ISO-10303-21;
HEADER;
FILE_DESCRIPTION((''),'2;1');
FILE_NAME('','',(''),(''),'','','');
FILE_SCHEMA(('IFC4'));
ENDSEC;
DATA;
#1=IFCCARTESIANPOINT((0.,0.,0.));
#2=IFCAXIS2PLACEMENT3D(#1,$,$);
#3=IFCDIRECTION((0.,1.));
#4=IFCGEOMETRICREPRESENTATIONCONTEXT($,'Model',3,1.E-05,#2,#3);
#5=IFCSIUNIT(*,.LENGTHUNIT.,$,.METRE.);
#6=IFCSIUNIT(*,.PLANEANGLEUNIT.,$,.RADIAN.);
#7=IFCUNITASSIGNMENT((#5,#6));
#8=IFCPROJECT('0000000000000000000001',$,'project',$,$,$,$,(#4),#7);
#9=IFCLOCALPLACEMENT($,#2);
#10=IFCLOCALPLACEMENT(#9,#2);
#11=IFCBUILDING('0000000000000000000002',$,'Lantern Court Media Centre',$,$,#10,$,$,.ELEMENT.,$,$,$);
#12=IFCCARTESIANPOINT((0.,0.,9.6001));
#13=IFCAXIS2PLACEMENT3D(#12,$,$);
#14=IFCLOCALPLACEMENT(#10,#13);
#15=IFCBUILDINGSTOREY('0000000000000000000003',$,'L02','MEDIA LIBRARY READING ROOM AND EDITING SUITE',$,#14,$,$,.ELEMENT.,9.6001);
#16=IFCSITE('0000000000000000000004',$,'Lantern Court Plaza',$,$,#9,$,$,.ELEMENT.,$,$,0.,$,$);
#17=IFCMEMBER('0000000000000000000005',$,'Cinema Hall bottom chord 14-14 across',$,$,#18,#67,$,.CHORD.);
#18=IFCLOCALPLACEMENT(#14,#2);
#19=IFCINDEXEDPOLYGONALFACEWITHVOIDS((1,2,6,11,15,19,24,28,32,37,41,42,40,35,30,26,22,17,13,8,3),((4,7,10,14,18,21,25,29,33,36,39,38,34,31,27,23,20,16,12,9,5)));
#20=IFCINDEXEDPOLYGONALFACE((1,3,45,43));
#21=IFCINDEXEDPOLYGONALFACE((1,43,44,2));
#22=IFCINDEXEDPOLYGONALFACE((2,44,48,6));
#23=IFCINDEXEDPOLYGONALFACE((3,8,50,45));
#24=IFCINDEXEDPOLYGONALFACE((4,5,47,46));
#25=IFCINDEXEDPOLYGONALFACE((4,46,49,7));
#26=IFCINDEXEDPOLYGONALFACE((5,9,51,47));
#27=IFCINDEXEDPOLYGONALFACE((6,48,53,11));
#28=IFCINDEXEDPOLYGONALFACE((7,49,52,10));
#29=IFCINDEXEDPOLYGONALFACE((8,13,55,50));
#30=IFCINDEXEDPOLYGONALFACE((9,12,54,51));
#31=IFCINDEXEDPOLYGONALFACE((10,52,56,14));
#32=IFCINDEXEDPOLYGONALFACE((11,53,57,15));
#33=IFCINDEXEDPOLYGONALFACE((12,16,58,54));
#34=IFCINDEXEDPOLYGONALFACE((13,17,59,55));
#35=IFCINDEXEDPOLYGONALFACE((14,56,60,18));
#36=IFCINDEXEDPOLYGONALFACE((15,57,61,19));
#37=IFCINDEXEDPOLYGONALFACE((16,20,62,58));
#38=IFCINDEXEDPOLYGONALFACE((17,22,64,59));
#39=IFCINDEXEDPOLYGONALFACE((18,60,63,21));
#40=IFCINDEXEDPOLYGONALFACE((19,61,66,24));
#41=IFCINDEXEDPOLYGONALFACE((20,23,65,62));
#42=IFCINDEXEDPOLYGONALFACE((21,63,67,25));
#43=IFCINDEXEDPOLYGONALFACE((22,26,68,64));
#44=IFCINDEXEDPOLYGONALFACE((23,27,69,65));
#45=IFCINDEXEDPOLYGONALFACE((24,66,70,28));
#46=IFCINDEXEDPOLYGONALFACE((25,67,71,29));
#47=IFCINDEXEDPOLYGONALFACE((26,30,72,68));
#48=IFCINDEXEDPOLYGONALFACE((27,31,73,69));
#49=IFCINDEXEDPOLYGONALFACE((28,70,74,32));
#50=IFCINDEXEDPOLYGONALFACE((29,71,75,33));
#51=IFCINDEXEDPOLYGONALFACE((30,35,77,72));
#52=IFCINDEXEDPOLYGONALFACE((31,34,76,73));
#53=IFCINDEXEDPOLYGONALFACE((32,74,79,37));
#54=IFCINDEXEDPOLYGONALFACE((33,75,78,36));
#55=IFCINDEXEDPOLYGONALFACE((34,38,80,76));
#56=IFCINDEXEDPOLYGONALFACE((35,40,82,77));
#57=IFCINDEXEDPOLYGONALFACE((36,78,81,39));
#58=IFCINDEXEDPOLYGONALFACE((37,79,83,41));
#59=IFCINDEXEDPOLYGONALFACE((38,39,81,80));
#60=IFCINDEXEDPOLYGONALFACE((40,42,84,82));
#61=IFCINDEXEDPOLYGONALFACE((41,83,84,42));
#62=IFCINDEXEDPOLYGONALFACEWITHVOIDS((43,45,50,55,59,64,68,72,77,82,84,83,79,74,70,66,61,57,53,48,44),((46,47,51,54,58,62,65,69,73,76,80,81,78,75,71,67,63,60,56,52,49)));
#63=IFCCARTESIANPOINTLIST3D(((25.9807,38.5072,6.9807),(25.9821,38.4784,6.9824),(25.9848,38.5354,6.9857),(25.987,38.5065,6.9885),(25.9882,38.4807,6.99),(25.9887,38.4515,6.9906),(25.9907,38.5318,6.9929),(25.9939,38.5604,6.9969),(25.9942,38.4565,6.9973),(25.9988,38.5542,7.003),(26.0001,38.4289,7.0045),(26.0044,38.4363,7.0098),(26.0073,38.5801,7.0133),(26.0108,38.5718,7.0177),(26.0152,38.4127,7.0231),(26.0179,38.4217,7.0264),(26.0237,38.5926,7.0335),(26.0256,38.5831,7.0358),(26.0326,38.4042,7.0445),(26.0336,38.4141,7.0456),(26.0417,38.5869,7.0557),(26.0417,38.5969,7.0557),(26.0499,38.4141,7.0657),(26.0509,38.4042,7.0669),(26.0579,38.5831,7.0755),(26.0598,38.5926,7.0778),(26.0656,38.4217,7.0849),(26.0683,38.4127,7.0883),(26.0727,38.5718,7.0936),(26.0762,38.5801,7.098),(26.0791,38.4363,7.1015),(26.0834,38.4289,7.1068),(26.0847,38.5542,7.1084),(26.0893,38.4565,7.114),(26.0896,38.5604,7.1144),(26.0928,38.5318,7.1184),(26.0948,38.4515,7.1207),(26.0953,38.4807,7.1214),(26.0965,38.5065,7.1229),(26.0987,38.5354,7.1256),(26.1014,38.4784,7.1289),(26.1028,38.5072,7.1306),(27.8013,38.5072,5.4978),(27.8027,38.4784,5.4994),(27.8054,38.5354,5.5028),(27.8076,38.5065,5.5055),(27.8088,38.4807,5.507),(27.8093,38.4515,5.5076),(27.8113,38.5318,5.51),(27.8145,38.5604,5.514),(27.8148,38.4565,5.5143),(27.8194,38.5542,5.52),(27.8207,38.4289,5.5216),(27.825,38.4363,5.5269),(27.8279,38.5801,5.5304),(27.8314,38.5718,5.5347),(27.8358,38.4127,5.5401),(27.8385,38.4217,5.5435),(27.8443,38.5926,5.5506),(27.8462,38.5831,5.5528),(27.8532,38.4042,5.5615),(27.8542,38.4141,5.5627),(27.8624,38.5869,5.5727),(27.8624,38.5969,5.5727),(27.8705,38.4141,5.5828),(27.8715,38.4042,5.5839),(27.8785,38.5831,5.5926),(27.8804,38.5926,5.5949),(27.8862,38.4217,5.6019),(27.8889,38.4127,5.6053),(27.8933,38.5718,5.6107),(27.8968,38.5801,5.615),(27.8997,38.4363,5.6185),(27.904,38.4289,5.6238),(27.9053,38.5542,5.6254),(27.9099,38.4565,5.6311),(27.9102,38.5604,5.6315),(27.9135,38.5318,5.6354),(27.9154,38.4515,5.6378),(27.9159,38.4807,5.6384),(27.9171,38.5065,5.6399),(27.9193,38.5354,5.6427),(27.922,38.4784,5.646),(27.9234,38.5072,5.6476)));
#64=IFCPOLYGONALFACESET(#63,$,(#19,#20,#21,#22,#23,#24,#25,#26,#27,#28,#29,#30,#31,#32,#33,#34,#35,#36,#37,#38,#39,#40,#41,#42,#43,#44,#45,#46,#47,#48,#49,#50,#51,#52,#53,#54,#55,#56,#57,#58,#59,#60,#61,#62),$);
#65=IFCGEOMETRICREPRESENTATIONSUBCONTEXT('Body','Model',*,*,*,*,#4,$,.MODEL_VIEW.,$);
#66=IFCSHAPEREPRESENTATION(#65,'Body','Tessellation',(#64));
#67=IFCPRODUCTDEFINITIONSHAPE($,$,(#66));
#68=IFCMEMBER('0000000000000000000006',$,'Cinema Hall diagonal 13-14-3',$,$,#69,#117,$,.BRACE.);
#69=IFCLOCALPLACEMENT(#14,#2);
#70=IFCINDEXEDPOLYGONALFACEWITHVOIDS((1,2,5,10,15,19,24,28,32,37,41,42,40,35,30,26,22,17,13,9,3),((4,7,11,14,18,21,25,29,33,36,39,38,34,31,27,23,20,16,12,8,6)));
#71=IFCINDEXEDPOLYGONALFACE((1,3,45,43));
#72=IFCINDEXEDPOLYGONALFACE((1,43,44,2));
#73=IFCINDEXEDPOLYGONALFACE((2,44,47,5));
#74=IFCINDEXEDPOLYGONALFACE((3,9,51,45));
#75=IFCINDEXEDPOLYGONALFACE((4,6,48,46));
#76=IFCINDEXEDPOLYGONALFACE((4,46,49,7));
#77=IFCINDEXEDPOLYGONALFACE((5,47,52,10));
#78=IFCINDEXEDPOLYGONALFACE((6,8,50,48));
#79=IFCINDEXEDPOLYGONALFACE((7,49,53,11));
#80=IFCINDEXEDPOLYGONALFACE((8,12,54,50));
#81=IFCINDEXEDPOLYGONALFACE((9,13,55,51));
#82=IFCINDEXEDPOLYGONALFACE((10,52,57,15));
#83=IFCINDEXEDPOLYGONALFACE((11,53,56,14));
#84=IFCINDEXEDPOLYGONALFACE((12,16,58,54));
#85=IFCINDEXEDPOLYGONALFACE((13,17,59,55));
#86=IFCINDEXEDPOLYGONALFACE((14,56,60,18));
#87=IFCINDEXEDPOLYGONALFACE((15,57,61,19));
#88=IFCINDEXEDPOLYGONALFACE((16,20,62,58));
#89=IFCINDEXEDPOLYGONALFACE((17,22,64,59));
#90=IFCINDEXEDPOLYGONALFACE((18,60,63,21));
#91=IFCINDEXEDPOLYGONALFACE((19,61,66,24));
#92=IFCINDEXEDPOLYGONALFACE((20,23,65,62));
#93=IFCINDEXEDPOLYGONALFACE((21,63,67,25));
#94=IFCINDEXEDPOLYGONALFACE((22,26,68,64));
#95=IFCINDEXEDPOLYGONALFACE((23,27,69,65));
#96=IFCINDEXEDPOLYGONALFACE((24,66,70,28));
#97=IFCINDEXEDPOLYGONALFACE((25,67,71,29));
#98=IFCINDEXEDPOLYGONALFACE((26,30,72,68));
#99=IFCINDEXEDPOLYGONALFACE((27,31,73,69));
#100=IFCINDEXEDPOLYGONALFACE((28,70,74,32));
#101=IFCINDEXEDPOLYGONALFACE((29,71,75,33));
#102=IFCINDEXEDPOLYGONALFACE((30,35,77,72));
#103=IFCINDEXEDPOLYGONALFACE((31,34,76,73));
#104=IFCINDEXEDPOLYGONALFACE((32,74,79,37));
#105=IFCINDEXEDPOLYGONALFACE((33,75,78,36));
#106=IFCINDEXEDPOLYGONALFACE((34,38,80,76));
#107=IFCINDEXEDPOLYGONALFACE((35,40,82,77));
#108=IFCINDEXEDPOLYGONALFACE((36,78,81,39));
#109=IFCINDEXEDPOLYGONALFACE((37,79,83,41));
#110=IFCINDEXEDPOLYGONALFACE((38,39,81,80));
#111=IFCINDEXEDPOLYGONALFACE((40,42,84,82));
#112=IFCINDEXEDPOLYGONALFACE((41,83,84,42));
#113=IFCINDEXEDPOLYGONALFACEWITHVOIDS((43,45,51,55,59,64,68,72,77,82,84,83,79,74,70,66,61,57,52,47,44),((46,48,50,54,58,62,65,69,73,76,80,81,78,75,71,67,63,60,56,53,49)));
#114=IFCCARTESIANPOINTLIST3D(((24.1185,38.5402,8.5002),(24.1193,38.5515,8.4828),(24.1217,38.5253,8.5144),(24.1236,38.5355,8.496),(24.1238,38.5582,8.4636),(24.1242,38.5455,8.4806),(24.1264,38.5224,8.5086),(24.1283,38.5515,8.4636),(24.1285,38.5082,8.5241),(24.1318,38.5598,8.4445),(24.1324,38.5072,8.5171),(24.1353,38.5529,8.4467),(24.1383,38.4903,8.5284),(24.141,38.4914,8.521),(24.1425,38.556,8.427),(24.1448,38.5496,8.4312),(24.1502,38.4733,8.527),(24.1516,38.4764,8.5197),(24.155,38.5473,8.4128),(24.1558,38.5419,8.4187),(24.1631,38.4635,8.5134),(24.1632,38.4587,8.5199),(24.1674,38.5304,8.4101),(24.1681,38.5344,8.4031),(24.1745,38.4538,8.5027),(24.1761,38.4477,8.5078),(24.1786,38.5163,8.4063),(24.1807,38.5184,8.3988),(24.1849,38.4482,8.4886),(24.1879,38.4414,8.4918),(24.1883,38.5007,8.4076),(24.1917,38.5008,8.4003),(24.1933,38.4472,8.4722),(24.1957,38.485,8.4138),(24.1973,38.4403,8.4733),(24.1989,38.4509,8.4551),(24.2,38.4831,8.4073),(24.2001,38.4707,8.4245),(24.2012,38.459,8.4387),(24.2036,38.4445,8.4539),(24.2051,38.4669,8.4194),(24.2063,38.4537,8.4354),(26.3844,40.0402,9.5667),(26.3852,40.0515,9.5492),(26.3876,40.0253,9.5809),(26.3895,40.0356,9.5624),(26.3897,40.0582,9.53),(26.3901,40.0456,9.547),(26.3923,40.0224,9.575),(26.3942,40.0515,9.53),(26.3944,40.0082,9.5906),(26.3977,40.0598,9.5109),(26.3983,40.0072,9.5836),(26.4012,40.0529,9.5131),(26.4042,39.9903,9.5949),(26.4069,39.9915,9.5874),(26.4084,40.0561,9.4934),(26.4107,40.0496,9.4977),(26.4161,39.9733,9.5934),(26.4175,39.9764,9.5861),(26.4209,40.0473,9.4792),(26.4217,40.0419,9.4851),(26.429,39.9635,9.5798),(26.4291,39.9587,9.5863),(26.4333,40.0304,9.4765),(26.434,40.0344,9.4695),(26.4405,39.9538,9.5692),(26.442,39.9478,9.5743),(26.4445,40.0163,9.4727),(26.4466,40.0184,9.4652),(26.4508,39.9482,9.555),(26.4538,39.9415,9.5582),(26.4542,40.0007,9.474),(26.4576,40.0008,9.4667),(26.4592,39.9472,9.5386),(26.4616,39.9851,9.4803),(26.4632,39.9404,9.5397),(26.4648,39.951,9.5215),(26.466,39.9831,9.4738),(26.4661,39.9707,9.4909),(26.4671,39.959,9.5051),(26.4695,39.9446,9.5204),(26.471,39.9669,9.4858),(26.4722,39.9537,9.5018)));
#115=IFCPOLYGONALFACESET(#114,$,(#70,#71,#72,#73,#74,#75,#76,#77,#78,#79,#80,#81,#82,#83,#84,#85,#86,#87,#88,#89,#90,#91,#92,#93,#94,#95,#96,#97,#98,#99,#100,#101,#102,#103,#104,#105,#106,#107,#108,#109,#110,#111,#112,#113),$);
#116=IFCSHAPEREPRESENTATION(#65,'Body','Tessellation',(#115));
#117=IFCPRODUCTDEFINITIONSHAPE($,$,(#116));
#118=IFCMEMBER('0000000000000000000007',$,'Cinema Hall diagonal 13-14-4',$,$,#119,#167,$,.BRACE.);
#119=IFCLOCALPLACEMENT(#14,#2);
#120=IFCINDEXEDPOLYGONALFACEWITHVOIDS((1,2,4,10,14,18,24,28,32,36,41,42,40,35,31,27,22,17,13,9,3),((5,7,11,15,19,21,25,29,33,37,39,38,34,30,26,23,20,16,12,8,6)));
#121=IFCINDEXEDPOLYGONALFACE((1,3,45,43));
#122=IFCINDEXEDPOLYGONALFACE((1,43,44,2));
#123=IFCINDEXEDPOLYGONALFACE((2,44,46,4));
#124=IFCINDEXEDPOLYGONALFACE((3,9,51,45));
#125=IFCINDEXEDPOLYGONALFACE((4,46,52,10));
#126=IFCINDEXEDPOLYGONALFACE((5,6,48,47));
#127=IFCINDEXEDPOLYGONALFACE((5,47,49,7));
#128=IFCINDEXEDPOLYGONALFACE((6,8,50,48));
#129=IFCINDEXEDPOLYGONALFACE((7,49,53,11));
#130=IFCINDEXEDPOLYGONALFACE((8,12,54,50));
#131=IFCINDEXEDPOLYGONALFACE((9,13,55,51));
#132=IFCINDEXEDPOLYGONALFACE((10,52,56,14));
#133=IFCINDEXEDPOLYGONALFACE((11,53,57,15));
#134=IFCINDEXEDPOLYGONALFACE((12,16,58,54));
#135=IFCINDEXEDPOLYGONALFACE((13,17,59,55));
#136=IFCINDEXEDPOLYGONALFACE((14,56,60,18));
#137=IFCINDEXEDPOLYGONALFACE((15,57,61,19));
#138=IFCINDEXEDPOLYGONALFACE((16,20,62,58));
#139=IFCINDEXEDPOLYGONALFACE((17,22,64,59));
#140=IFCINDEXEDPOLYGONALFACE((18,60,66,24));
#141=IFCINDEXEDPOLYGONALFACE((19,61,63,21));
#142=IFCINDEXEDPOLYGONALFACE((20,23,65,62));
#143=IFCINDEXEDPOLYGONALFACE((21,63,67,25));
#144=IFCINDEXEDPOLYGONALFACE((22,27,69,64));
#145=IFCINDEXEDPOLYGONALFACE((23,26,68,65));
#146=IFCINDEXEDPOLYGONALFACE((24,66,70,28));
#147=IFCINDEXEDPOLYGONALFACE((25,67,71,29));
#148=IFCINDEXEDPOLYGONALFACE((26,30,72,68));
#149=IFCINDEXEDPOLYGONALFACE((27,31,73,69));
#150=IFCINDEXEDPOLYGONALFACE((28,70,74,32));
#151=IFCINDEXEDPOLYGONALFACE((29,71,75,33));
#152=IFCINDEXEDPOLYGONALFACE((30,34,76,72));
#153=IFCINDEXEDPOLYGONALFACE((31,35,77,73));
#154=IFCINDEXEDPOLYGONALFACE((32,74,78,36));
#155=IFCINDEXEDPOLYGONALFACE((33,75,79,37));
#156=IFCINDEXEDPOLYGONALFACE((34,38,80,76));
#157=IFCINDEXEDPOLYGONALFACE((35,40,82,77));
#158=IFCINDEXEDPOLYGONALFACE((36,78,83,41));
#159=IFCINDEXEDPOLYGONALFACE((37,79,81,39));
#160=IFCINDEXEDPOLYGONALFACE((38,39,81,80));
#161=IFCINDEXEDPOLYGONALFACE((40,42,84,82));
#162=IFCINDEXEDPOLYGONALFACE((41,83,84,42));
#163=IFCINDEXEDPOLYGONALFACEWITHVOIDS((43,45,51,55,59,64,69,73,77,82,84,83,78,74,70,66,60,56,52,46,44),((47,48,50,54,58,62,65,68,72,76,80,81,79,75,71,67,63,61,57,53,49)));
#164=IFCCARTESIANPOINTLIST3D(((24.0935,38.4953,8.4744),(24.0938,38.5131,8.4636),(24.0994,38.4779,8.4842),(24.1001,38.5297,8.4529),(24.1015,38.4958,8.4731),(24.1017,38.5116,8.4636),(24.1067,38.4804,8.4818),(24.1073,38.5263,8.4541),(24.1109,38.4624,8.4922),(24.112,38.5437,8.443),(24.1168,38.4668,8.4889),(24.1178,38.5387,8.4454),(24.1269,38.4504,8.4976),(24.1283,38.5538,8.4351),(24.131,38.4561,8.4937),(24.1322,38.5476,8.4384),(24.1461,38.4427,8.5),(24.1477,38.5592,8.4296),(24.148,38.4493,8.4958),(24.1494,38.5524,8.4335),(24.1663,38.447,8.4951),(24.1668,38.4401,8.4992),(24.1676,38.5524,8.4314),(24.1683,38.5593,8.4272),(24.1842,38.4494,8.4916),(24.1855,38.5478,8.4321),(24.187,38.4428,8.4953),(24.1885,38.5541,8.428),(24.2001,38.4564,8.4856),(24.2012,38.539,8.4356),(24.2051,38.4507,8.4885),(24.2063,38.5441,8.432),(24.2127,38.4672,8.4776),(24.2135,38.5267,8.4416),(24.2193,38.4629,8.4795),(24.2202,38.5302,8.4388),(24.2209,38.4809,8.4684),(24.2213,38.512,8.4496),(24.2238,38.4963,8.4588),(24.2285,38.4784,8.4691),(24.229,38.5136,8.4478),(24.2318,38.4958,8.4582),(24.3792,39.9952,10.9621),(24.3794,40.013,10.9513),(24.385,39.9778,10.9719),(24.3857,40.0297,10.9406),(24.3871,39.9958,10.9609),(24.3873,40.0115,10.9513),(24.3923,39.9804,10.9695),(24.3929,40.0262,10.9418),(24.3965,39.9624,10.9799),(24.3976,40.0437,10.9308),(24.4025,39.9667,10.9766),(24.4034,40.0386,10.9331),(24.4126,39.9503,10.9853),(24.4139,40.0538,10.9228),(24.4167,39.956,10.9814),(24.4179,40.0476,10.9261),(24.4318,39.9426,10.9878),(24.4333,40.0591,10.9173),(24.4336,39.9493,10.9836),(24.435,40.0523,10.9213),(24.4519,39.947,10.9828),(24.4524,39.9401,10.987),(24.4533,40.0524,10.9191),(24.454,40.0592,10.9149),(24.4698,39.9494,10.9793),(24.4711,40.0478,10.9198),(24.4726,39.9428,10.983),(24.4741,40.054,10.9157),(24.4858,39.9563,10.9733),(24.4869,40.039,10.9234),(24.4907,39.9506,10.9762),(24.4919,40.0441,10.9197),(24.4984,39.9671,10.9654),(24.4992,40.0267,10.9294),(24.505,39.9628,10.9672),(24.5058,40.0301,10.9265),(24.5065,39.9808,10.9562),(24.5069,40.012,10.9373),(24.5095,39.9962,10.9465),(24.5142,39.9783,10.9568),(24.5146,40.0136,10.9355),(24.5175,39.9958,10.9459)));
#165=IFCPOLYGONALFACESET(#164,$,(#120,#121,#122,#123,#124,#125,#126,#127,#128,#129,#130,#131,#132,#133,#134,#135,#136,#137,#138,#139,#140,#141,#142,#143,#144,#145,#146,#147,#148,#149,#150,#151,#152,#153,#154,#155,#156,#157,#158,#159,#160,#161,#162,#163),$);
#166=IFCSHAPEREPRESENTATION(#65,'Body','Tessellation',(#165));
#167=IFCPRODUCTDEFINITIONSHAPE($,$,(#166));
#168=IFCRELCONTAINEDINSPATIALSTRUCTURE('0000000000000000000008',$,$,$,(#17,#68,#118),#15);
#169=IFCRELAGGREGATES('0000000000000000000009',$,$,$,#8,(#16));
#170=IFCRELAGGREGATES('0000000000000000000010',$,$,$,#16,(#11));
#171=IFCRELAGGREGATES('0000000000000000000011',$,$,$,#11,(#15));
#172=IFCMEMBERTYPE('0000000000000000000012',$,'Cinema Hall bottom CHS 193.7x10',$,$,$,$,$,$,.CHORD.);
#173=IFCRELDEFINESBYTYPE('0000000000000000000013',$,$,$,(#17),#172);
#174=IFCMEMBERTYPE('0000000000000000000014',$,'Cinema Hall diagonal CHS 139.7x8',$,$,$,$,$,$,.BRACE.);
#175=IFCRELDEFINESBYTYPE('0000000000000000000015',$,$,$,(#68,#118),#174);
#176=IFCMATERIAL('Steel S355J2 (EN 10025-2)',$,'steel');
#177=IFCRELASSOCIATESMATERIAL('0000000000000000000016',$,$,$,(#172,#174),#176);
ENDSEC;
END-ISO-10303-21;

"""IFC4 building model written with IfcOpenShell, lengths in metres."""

from ifc_helpers import new_model, si_unit, direction, frame, origin, origin_2d, place, context, subcontext, project, spatial, hollow_circle, extrude, material, material_profile, profile_set, type_object, element, save


model = new_model("IFC4")

# Units and contexts
model_context = context("Model", 3, precision=1e-05, world=origin(), true_north=direction((0.0, 1.0)))
body_context = subcontext(model_context, "Body", "Model", "MODEL_VIEW")
ifc_project = project(units=[si_unit("LENGTHUNIT", "METRE"), si_unit("PLANEANGLEUNIT", "RADIAN")], contexts=[model_context])

# Site, building, storey
site_placement = place(None, origin())
site = spatial("IfcSite", under=ifc_project, at=site_placement, Name="Lantern Court Plaza", CompositionType="ELEMENT", RefElevation=0.0)
building_placement = place(site_placement, origin())
building = spatial("IfcBuilding", under=site, at=building_placement, Name="Lantern Court Media Centre", CompositionType="ELEMENT")
storey_placement = place(building_placement, frame((0.0, 0.0, 9.6001)))
storey = spatial("IfcBuildingStorey", under=building, at=storey_placement, Name="L02", Description="MEDIA LIBRARY READING ROOM AND EDITING SUITE", CompositionType="ELEMENT", Elevation=9.6001)

# Members
ifc_material_1 = material(Name="Steel S355J2 (EN 10025-2)", Category="steel")
ifc_material_profile_1 = material_profile(ifc_material_1, hollow_circle(Radius=0.0969, WallThickness=0.01, at=origin_2d()), Name="Cinema Hall bottom CHS 193.7x10")
ifc_profile_set_1 = profile_set([ifc_material_profile_1], Name="Steel S355J2 (EN 10025-2)")
member_type_1 = type_object("IfcMemberType", Name="Cinema Hall bottom CHS 193.7x10", PredefinedType="CHORD", material=ifc_profile_set_1)
member_1_placement = place(storey_placement, frame((26.0417, 38.5, 7.0557), z_axis=(0.775341, 0.0, -0.631543), x_axis=(0.0, 1.0, 0.0)))
element("IfcMember", 1, at=member_1_placement, inside=storey, type_object=member_type_1, Name="Cinema Hall bottom chord 14-14 across", PredefinedType="CHORD", context=body_context, shape_type="SweptSolid", body=[
    extrude(hollow_circle(Radius=0.0969, WallThickness=0.01, at=origin_2d()), origin(), (0.0, 0.0, 1.0), 2.3481),
])
ifc_material_profile_2 = material_profile(ifc_material_1, hollow_circle(Radius=0.0698, WallThickness=0.0081, at=origin_2d()), Name="Cinema Hall diagonal CHS 139.7x8")
ifc_profile_set_2 = profile_set([ifc_material_profile_2], Name="Steel S355J2 (EN 10025-2)")
member_type_2 = type_object("IfcMemberType", Name="Cinema Hall diagonal CHS 139.7x8", PredefinedType="BRACE", material=ifc_profile_set_2)
member_2_placement = place(storey_placement, frame((24.1624, 38.5, 8.4636), z_axis=(0.776211, 0.51385, 0.365315), x_axis=(-0.552002, 0.833843, 0.0)))
element("IfcMember", 2, at=member_2_placement, inside=storey, type_object=member_type_2, Name="Cinema Hall diagonal 13-14-3", PredefinedType="BRACE", context=body_context, shape_type="SweptSolid", body=[
    extrude(hollow_circle(Radius=0.0698, WallThickness=0.0081, at=origin_2d()), origin(), (0.0, 0.0, 1.0), 2.9192),
])
member_3_placement = place(storey_placement, frame((24.1624, 38.5, 8.4636), z_axis=(0.097856, 0.51387, 0.852268), x_axis=(-0.982347, 0.187068, 0.0)))
element("IfcMember", 3, at=member_3_placement, inside=storey, type_object=member_type_2, Name="Cinema Hall diagonal 13-14-4", PredefinedType="BRACE", context=body_context, shape_type="SweptSolid", body=[
    extrude(hollow_circle(Radius=0.0698, WallThickness=0.0081, at=origin_2d()), origin(), (0.0, 0.0, 1.0), 2.9189),
])

save(model, "model.ifc")
